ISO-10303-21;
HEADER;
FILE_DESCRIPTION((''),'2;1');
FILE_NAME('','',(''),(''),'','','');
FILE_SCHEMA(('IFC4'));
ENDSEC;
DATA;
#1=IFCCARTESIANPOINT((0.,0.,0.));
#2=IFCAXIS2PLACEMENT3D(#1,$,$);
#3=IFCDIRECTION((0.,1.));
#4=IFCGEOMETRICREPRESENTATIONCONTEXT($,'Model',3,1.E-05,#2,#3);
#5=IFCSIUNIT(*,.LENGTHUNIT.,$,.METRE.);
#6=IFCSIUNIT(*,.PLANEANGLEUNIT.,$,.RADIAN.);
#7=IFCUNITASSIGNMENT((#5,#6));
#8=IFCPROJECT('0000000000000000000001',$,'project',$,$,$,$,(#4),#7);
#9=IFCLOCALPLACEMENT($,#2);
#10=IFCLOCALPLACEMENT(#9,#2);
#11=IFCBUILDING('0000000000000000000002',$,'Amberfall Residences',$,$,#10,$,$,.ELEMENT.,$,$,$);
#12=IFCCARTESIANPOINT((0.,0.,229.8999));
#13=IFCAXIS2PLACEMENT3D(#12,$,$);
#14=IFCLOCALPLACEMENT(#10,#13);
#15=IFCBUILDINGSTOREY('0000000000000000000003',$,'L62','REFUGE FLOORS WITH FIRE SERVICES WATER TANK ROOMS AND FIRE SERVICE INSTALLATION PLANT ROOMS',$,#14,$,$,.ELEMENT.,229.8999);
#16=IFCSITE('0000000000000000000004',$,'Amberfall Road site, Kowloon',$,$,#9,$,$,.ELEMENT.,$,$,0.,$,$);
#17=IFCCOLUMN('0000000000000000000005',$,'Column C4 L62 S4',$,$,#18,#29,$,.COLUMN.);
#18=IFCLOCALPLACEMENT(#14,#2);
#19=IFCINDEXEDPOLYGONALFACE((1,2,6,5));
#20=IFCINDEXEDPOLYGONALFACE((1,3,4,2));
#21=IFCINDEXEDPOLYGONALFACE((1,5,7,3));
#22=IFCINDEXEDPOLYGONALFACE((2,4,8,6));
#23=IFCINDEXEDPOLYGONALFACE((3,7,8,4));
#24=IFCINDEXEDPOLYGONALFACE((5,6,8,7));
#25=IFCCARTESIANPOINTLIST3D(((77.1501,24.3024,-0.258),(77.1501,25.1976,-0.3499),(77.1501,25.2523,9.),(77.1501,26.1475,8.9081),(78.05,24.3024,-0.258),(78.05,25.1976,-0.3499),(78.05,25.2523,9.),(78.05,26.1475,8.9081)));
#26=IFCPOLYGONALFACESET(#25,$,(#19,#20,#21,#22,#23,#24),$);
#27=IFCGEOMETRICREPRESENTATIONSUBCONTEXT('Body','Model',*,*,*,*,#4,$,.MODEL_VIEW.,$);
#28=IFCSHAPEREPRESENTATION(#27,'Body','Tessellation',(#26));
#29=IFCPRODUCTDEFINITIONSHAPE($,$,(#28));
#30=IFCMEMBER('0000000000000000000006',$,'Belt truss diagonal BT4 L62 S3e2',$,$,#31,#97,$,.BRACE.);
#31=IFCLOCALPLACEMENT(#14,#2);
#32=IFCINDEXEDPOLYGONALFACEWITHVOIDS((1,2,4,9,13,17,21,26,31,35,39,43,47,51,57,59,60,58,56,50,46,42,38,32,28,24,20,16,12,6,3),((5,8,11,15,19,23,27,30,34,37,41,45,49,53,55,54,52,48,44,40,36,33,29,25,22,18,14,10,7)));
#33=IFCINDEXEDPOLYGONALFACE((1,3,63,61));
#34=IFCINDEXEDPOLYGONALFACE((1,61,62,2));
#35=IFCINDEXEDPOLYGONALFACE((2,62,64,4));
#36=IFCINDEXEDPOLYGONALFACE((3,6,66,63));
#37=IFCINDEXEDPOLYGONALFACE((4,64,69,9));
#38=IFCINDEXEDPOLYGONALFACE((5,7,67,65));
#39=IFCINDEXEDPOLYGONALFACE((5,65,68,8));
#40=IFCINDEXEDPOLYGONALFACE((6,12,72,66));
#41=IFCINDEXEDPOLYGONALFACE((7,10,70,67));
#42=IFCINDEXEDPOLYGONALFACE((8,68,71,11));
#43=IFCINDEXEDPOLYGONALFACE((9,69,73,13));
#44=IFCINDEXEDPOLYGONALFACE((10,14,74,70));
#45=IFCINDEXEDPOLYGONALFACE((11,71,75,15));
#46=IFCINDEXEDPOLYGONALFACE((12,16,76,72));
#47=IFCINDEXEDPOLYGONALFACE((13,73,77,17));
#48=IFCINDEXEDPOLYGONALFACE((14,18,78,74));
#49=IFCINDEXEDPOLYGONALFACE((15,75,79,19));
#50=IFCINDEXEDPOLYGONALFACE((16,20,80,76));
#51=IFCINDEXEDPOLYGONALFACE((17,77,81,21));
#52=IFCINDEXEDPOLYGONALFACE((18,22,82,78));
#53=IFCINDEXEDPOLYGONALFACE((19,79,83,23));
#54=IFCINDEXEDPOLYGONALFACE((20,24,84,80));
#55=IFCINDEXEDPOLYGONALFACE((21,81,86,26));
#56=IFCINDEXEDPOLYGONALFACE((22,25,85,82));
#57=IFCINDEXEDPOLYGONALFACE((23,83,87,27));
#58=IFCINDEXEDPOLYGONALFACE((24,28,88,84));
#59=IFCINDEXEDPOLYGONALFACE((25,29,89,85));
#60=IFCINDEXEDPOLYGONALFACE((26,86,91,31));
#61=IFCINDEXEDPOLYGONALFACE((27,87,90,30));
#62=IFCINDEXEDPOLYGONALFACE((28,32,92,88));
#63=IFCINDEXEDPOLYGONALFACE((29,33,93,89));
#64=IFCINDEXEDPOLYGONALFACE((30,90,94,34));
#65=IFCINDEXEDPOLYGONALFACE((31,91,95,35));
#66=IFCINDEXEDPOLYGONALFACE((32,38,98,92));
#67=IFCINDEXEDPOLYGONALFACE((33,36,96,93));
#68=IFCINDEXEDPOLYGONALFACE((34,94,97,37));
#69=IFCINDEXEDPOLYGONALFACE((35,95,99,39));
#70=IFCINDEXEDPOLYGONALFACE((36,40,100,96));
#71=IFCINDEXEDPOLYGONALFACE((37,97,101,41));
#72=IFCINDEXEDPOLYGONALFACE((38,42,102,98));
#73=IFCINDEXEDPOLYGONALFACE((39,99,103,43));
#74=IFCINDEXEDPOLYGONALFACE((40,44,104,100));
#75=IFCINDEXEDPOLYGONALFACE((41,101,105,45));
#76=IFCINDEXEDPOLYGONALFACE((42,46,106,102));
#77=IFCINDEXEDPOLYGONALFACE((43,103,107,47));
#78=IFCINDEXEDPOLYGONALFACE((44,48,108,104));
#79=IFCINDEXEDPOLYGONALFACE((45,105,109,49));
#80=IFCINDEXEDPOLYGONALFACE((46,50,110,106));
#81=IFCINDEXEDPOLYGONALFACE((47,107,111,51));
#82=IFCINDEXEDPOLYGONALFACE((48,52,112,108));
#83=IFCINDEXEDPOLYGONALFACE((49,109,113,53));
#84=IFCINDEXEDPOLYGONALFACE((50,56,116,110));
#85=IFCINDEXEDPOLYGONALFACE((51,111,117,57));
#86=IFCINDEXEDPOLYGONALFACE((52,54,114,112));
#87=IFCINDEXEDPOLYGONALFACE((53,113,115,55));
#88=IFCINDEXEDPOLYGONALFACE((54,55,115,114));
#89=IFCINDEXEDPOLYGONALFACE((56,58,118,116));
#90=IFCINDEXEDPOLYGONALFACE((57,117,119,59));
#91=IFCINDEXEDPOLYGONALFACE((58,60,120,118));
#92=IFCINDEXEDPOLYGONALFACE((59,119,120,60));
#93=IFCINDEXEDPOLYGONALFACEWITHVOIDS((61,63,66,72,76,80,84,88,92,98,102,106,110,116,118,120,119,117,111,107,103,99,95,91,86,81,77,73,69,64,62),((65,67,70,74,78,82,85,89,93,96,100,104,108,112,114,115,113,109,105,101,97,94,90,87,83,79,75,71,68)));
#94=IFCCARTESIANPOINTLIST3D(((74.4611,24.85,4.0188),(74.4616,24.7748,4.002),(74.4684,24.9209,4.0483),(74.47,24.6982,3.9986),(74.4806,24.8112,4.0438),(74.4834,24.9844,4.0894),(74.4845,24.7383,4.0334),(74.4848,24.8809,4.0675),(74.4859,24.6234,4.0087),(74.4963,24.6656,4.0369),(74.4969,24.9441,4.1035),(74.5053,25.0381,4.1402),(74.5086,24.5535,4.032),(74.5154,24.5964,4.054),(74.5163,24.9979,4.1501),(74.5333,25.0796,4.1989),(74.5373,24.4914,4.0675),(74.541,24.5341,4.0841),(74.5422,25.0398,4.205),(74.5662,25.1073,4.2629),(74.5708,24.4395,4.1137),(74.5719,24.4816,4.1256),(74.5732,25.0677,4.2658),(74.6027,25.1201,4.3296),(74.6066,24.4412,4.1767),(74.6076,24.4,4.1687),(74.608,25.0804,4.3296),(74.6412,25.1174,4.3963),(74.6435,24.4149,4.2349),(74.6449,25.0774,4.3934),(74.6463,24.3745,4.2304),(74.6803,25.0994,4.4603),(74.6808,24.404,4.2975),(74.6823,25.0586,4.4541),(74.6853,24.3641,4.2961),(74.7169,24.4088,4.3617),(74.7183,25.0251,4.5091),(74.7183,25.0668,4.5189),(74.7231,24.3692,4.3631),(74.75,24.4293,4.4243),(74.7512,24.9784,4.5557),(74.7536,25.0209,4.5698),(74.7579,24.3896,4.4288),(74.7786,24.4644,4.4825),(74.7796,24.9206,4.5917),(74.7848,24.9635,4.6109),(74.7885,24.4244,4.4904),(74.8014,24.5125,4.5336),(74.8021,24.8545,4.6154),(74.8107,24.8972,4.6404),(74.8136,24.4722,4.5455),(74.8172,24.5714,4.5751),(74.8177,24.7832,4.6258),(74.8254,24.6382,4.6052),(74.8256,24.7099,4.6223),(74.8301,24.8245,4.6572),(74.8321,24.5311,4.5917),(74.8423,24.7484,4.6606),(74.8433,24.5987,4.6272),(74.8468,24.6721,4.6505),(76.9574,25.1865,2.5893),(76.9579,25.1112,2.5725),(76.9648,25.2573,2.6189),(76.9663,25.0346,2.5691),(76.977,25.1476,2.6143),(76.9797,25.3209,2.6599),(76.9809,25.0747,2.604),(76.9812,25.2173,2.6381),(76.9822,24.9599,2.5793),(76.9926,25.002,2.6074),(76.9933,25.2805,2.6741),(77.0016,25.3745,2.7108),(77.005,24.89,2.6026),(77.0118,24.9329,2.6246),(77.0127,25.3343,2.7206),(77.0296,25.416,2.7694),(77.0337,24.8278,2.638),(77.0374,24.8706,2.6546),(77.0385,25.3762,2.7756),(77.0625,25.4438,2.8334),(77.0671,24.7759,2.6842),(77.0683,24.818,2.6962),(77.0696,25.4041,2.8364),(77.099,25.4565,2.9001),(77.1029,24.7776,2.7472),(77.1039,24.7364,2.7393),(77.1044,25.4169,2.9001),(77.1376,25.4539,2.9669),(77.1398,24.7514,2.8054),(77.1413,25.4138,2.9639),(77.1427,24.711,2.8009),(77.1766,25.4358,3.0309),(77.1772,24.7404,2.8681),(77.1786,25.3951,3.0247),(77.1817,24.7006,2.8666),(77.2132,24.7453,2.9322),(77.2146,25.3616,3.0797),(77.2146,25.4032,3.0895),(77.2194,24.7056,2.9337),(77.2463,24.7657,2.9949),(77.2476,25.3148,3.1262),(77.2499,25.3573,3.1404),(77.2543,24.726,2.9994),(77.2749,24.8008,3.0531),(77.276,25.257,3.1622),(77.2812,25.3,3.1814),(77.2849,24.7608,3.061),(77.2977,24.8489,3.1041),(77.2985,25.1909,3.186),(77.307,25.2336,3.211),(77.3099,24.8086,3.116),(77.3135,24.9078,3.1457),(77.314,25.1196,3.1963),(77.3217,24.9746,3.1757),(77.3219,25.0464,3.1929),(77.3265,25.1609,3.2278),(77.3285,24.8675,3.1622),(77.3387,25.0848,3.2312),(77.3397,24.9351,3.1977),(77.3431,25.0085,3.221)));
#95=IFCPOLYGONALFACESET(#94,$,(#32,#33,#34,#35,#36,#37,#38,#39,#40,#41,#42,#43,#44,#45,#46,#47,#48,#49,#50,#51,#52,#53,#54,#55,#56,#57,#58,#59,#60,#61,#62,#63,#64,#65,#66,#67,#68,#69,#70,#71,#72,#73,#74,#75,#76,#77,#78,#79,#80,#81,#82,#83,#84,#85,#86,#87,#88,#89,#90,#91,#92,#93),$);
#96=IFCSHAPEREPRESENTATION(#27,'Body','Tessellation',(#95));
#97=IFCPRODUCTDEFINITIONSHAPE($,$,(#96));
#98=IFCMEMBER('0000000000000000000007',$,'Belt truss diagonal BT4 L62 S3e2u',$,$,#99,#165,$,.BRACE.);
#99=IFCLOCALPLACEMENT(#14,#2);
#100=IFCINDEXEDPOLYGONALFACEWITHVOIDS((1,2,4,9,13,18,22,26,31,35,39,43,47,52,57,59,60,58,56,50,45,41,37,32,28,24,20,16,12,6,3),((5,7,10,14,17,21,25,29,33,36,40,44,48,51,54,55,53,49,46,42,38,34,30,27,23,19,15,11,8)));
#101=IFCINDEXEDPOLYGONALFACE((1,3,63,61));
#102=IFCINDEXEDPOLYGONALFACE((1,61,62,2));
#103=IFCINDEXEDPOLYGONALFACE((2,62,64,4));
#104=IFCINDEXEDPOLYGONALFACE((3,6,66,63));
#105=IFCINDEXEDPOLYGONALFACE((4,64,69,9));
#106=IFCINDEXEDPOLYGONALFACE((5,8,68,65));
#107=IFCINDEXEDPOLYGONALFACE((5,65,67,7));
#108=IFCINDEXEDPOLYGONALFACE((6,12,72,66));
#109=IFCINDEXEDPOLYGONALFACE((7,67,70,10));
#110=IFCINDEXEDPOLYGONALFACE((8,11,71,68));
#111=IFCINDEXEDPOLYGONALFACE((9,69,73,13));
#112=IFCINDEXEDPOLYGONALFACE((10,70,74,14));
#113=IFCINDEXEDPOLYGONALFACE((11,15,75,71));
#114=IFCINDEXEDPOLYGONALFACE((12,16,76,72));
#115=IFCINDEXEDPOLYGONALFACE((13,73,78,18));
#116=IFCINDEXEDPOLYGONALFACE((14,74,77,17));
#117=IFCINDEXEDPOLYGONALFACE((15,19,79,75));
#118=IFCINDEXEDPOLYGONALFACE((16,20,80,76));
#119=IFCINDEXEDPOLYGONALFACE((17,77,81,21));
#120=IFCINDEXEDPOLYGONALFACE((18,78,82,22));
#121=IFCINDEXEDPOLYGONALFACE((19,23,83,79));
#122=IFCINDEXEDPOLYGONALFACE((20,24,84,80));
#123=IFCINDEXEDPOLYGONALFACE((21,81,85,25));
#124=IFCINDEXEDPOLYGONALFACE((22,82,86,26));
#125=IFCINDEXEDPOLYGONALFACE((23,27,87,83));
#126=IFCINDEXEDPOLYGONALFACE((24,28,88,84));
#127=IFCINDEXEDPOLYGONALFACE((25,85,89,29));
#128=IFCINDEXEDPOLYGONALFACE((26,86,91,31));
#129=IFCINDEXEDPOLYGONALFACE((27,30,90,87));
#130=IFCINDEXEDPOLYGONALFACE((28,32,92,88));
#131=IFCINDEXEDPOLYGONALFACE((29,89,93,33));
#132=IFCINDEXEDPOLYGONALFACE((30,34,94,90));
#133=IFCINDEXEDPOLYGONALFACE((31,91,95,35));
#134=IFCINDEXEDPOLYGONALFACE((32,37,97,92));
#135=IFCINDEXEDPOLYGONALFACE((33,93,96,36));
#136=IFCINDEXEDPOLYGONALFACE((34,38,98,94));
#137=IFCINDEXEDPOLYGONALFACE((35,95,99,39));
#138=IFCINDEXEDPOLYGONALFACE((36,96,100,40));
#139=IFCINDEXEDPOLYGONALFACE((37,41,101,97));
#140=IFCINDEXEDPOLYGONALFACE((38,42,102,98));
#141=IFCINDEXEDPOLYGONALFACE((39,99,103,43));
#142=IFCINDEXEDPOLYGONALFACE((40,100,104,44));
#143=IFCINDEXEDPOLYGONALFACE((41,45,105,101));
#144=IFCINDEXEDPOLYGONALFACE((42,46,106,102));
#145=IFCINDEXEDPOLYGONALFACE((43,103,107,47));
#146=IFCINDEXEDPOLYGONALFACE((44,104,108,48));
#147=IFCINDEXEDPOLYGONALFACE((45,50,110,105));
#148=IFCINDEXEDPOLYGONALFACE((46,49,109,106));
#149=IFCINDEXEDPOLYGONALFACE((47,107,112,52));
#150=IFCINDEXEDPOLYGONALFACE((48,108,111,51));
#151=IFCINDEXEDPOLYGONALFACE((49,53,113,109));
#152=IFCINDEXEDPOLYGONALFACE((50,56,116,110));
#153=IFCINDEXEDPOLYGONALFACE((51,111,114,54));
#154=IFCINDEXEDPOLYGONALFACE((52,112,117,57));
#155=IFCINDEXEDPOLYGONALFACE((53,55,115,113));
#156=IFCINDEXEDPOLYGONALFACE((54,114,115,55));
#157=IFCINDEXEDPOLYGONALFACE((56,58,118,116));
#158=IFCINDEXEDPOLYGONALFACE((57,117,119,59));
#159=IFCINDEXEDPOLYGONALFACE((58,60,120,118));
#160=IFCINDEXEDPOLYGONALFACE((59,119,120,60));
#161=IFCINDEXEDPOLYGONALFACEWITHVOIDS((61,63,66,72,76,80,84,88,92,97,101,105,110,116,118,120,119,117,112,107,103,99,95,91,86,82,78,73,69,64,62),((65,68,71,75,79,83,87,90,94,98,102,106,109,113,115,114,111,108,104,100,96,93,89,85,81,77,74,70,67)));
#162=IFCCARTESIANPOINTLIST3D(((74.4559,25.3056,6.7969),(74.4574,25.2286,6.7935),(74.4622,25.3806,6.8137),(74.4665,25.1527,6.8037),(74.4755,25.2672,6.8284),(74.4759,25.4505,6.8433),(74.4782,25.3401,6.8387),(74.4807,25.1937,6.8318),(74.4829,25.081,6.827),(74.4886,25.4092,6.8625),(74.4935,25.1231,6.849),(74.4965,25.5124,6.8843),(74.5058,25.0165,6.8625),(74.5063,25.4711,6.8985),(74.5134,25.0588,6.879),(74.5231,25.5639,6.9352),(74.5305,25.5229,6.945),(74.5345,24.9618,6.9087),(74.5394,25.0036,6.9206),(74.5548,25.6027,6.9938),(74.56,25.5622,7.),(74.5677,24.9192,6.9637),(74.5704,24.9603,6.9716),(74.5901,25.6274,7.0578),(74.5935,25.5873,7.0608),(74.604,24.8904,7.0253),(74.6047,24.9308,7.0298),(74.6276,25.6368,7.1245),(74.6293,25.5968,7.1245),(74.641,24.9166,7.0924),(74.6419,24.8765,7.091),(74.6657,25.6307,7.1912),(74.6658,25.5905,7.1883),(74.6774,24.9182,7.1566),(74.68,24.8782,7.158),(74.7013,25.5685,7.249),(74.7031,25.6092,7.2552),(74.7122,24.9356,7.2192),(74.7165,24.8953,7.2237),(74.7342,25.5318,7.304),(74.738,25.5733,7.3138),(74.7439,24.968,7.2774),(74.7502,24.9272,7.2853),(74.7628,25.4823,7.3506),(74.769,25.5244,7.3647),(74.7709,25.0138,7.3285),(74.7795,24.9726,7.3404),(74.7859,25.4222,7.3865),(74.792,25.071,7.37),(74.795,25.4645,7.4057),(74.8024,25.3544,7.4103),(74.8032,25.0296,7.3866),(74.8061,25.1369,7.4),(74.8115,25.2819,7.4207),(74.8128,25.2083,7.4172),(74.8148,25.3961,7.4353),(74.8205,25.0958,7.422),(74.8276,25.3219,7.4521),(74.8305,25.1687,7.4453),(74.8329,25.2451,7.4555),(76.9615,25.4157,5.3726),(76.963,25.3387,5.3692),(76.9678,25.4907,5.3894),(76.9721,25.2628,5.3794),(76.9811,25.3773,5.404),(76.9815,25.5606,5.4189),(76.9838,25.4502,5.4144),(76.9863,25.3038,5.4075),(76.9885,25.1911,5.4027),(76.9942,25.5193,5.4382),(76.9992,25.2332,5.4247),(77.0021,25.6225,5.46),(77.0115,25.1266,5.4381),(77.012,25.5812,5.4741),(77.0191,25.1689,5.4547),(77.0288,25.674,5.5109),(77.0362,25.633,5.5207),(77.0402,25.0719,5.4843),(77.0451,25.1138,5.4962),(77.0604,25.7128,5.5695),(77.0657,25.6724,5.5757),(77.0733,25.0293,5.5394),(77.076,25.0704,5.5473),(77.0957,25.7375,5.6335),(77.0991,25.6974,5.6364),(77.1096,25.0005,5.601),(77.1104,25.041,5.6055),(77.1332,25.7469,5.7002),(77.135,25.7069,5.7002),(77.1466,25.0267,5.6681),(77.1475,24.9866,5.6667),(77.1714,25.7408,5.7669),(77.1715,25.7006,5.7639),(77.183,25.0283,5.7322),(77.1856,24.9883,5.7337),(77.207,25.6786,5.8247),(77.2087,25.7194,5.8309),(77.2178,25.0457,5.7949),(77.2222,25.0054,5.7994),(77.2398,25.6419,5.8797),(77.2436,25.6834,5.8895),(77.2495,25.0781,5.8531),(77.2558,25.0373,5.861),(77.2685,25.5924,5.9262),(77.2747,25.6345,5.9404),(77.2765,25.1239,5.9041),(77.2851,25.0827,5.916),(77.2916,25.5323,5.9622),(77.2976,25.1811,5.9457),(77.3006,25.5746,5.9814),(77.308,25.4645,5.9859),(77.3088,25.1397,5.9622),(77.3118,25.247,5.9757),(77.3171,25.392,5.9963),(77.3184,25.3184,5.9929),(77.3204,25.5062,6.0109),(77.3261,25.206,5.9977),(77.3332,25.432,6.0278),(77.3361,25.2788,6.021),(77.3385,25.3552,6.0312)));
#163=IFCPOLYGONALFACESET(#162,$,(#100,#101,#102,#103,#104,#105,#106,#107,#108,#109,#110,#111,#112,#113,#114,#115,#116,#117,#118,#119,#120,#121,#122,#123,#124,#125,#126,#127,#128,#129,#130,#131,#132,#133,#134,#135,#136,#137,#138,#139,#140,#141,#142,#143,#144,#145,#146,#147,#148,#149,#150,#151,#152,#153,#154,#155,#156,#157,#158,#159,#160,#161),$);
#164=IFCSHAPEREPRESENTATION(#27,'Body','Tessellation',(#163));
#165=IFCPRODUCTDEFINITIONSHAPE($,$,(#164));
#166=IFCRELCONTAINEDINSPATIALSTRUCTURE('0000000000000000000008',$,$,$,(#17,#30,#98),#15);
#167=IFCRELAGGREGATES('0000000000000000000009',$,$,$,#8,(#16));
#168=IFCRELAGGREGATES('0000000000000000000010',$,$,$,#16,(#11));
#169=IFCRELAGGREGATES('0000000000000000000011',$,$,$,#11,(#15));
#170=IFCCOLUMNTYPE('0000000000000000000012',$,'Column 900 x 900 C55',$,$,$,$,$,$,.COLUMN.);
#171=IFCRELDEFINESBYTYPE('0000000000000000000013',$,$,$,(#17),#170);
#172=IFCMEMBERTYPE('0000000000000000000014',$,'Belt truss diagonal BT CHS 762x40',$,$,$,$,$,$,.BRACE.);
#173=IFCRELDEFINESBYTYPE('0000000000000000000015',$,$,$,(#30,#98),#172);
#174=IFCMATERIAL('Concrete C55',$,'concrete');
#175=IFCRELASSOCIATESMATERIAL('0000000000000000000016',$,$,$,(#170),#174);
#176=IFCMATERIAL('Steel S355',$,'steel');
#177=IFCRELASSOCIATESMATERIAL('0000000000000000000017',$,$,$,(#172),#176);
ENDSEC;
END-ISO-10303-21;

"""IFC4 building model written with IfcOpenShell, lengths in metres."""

from ifc_helpers import new_model, si_unit, direction, frame, origin, origin_2d, place, context, subcontext, project, spatial, rectangle, hollow_circle, extrude, material, material_profile, profile_set, type_object, element, save


model = new_model("IFC4")

# Units and contexts
model_context = context("Model", 3, precision=1e-05, world=origin(), true_north=direction((0.0, 1.0)))
body_context = subcontext(model_context, "Body", "Model", "MODEL_VIEW")
ifc_project = project(units=[si_unit("LENGTHUNIT", "METRE"), si_unit("PLANEANGLEUNIT", "RADIAN")], contexts=[model_context])

# Site, building, storey
site_placement = place(None, origin())
site = spatial("IfcSite", under=ifc_project, at=site_placement, Name="Amberfall Road site, Kowloon", CompositionType="ELEMENT", RefElevation=0.0)
building_placement = place(site_placement, origin())
building = spatial("IfcBuilding", under=site, at=building_placement, Name="Amberfall Residences", CompositionType="ELEMENT")
storey_placement = place(building_placement, frame((0.0, 0.0, 229.8999)))
storey = spatial("IfcBuildingStorey", under=building, at=storey_placement, Name="L62", Description="REFUGE FLOORS WITH FIRE SERVICES WATER TANK ROOMS AND FIRE SERVICE INSTALLATION PLANT ROOMS", CompositionType="ELEMENT", Elevation=229.8999)

# Column
ifc_material_1 = material(Name="Concrete C55", Category="concrete")
ifc_material_profile_1 = material_profile(ifc_material_1, rectangle(XDim=0.8999, YDim=0.8999, at=origin_2d()), Name="Column 900 x 900 C55")
ifc_profile_set_1 = profile_set([ifc_material_profile_1], Name="Concrete C55")
column_type = type_object("IfcColumnType", Name="Column 900 x 900 C55", PredefinedType="COLUMN", material=ifc_profile_set_1)
column_placement = place(storey_placement, frame((77.6001, 24.75, -0.304), z_axis=(0.0, 0.102072, 0.994777), x_axis=(-1.0, 0.0, 0.0)))
element("IfcColumn", 1, at=column_placement, inside=storey, type_object=column_type, Name="Column C4 L62 S4", PredefinedType="COLUMN", context=body_context, shape_type="SweptSolid", body=[
    extrude(rectangle(XDim=0.8999, YDim=0.8999, at=origin_2d()), origin(), (0.0, 0.0, 1.0), 9.3066),
])

# Members
ifc_material_2 = material(Name="Steel S355", Category="steel")
ifc_material_profile_2 = material_profile(ifc_material_2, hollow_circle(Radius=0.3811, WallThickness=0.04, at=origin_2d()), Name="CHS 762x40")
ifc_profile_set_2 = profile_set([ifc_material_profile_2], Name="Steel S355")
member_type_1 = type_object("IfcMemberType", Name="Belt truss diagonal BT CHS 762x40", PredefinedType="BRACE", material=ifc_profile_set_2)
member_1_placement = place(storey_placement, frame((74.6536, 24.7424, 4.3296), z_axis=(0.861924, 0.11616, -0.493552), x_axis=(-0.13356, 0.991041, 0.0)))
element("IfcMember", 2, at=member_1_placement, inside=storey, type_object=member_type_1, Name="Belt truss diagonal BT4 L62 S3e2", PredefinedType="BRACE", context=body_context, shape_type="SweptSolid", body=[
    extrude(hollow_circle(Radius=0.3811, WallThickness=0.04, at=origin_2d()), origin(), (0.0, 0.0, 1.0), 2.8962),
])
member_2_placement = place(storey_placement, frame((74.6443, 25.2561, 7.1245), z_axis=(0.868723, 0.038175, -0.493825), x_axis=(-0.043902, 0.999036, 0.0)))
element("IfcMember", 3, at=member_2_placement, inside=storey, type_object=member_type_1, Name="Belt truss diagonal BT4 L62 S3e2u", PredefinedType="BRACE", context=body_context, shape_type="SweptSolid", body=[
    extrude(hollow_circle(Radius=0.3811, WallThickness=0.04, at=origin_2d()), origin(), (0.0, 0.0, 1.0), 2.8843),
])

save(model, "model.ifc")
